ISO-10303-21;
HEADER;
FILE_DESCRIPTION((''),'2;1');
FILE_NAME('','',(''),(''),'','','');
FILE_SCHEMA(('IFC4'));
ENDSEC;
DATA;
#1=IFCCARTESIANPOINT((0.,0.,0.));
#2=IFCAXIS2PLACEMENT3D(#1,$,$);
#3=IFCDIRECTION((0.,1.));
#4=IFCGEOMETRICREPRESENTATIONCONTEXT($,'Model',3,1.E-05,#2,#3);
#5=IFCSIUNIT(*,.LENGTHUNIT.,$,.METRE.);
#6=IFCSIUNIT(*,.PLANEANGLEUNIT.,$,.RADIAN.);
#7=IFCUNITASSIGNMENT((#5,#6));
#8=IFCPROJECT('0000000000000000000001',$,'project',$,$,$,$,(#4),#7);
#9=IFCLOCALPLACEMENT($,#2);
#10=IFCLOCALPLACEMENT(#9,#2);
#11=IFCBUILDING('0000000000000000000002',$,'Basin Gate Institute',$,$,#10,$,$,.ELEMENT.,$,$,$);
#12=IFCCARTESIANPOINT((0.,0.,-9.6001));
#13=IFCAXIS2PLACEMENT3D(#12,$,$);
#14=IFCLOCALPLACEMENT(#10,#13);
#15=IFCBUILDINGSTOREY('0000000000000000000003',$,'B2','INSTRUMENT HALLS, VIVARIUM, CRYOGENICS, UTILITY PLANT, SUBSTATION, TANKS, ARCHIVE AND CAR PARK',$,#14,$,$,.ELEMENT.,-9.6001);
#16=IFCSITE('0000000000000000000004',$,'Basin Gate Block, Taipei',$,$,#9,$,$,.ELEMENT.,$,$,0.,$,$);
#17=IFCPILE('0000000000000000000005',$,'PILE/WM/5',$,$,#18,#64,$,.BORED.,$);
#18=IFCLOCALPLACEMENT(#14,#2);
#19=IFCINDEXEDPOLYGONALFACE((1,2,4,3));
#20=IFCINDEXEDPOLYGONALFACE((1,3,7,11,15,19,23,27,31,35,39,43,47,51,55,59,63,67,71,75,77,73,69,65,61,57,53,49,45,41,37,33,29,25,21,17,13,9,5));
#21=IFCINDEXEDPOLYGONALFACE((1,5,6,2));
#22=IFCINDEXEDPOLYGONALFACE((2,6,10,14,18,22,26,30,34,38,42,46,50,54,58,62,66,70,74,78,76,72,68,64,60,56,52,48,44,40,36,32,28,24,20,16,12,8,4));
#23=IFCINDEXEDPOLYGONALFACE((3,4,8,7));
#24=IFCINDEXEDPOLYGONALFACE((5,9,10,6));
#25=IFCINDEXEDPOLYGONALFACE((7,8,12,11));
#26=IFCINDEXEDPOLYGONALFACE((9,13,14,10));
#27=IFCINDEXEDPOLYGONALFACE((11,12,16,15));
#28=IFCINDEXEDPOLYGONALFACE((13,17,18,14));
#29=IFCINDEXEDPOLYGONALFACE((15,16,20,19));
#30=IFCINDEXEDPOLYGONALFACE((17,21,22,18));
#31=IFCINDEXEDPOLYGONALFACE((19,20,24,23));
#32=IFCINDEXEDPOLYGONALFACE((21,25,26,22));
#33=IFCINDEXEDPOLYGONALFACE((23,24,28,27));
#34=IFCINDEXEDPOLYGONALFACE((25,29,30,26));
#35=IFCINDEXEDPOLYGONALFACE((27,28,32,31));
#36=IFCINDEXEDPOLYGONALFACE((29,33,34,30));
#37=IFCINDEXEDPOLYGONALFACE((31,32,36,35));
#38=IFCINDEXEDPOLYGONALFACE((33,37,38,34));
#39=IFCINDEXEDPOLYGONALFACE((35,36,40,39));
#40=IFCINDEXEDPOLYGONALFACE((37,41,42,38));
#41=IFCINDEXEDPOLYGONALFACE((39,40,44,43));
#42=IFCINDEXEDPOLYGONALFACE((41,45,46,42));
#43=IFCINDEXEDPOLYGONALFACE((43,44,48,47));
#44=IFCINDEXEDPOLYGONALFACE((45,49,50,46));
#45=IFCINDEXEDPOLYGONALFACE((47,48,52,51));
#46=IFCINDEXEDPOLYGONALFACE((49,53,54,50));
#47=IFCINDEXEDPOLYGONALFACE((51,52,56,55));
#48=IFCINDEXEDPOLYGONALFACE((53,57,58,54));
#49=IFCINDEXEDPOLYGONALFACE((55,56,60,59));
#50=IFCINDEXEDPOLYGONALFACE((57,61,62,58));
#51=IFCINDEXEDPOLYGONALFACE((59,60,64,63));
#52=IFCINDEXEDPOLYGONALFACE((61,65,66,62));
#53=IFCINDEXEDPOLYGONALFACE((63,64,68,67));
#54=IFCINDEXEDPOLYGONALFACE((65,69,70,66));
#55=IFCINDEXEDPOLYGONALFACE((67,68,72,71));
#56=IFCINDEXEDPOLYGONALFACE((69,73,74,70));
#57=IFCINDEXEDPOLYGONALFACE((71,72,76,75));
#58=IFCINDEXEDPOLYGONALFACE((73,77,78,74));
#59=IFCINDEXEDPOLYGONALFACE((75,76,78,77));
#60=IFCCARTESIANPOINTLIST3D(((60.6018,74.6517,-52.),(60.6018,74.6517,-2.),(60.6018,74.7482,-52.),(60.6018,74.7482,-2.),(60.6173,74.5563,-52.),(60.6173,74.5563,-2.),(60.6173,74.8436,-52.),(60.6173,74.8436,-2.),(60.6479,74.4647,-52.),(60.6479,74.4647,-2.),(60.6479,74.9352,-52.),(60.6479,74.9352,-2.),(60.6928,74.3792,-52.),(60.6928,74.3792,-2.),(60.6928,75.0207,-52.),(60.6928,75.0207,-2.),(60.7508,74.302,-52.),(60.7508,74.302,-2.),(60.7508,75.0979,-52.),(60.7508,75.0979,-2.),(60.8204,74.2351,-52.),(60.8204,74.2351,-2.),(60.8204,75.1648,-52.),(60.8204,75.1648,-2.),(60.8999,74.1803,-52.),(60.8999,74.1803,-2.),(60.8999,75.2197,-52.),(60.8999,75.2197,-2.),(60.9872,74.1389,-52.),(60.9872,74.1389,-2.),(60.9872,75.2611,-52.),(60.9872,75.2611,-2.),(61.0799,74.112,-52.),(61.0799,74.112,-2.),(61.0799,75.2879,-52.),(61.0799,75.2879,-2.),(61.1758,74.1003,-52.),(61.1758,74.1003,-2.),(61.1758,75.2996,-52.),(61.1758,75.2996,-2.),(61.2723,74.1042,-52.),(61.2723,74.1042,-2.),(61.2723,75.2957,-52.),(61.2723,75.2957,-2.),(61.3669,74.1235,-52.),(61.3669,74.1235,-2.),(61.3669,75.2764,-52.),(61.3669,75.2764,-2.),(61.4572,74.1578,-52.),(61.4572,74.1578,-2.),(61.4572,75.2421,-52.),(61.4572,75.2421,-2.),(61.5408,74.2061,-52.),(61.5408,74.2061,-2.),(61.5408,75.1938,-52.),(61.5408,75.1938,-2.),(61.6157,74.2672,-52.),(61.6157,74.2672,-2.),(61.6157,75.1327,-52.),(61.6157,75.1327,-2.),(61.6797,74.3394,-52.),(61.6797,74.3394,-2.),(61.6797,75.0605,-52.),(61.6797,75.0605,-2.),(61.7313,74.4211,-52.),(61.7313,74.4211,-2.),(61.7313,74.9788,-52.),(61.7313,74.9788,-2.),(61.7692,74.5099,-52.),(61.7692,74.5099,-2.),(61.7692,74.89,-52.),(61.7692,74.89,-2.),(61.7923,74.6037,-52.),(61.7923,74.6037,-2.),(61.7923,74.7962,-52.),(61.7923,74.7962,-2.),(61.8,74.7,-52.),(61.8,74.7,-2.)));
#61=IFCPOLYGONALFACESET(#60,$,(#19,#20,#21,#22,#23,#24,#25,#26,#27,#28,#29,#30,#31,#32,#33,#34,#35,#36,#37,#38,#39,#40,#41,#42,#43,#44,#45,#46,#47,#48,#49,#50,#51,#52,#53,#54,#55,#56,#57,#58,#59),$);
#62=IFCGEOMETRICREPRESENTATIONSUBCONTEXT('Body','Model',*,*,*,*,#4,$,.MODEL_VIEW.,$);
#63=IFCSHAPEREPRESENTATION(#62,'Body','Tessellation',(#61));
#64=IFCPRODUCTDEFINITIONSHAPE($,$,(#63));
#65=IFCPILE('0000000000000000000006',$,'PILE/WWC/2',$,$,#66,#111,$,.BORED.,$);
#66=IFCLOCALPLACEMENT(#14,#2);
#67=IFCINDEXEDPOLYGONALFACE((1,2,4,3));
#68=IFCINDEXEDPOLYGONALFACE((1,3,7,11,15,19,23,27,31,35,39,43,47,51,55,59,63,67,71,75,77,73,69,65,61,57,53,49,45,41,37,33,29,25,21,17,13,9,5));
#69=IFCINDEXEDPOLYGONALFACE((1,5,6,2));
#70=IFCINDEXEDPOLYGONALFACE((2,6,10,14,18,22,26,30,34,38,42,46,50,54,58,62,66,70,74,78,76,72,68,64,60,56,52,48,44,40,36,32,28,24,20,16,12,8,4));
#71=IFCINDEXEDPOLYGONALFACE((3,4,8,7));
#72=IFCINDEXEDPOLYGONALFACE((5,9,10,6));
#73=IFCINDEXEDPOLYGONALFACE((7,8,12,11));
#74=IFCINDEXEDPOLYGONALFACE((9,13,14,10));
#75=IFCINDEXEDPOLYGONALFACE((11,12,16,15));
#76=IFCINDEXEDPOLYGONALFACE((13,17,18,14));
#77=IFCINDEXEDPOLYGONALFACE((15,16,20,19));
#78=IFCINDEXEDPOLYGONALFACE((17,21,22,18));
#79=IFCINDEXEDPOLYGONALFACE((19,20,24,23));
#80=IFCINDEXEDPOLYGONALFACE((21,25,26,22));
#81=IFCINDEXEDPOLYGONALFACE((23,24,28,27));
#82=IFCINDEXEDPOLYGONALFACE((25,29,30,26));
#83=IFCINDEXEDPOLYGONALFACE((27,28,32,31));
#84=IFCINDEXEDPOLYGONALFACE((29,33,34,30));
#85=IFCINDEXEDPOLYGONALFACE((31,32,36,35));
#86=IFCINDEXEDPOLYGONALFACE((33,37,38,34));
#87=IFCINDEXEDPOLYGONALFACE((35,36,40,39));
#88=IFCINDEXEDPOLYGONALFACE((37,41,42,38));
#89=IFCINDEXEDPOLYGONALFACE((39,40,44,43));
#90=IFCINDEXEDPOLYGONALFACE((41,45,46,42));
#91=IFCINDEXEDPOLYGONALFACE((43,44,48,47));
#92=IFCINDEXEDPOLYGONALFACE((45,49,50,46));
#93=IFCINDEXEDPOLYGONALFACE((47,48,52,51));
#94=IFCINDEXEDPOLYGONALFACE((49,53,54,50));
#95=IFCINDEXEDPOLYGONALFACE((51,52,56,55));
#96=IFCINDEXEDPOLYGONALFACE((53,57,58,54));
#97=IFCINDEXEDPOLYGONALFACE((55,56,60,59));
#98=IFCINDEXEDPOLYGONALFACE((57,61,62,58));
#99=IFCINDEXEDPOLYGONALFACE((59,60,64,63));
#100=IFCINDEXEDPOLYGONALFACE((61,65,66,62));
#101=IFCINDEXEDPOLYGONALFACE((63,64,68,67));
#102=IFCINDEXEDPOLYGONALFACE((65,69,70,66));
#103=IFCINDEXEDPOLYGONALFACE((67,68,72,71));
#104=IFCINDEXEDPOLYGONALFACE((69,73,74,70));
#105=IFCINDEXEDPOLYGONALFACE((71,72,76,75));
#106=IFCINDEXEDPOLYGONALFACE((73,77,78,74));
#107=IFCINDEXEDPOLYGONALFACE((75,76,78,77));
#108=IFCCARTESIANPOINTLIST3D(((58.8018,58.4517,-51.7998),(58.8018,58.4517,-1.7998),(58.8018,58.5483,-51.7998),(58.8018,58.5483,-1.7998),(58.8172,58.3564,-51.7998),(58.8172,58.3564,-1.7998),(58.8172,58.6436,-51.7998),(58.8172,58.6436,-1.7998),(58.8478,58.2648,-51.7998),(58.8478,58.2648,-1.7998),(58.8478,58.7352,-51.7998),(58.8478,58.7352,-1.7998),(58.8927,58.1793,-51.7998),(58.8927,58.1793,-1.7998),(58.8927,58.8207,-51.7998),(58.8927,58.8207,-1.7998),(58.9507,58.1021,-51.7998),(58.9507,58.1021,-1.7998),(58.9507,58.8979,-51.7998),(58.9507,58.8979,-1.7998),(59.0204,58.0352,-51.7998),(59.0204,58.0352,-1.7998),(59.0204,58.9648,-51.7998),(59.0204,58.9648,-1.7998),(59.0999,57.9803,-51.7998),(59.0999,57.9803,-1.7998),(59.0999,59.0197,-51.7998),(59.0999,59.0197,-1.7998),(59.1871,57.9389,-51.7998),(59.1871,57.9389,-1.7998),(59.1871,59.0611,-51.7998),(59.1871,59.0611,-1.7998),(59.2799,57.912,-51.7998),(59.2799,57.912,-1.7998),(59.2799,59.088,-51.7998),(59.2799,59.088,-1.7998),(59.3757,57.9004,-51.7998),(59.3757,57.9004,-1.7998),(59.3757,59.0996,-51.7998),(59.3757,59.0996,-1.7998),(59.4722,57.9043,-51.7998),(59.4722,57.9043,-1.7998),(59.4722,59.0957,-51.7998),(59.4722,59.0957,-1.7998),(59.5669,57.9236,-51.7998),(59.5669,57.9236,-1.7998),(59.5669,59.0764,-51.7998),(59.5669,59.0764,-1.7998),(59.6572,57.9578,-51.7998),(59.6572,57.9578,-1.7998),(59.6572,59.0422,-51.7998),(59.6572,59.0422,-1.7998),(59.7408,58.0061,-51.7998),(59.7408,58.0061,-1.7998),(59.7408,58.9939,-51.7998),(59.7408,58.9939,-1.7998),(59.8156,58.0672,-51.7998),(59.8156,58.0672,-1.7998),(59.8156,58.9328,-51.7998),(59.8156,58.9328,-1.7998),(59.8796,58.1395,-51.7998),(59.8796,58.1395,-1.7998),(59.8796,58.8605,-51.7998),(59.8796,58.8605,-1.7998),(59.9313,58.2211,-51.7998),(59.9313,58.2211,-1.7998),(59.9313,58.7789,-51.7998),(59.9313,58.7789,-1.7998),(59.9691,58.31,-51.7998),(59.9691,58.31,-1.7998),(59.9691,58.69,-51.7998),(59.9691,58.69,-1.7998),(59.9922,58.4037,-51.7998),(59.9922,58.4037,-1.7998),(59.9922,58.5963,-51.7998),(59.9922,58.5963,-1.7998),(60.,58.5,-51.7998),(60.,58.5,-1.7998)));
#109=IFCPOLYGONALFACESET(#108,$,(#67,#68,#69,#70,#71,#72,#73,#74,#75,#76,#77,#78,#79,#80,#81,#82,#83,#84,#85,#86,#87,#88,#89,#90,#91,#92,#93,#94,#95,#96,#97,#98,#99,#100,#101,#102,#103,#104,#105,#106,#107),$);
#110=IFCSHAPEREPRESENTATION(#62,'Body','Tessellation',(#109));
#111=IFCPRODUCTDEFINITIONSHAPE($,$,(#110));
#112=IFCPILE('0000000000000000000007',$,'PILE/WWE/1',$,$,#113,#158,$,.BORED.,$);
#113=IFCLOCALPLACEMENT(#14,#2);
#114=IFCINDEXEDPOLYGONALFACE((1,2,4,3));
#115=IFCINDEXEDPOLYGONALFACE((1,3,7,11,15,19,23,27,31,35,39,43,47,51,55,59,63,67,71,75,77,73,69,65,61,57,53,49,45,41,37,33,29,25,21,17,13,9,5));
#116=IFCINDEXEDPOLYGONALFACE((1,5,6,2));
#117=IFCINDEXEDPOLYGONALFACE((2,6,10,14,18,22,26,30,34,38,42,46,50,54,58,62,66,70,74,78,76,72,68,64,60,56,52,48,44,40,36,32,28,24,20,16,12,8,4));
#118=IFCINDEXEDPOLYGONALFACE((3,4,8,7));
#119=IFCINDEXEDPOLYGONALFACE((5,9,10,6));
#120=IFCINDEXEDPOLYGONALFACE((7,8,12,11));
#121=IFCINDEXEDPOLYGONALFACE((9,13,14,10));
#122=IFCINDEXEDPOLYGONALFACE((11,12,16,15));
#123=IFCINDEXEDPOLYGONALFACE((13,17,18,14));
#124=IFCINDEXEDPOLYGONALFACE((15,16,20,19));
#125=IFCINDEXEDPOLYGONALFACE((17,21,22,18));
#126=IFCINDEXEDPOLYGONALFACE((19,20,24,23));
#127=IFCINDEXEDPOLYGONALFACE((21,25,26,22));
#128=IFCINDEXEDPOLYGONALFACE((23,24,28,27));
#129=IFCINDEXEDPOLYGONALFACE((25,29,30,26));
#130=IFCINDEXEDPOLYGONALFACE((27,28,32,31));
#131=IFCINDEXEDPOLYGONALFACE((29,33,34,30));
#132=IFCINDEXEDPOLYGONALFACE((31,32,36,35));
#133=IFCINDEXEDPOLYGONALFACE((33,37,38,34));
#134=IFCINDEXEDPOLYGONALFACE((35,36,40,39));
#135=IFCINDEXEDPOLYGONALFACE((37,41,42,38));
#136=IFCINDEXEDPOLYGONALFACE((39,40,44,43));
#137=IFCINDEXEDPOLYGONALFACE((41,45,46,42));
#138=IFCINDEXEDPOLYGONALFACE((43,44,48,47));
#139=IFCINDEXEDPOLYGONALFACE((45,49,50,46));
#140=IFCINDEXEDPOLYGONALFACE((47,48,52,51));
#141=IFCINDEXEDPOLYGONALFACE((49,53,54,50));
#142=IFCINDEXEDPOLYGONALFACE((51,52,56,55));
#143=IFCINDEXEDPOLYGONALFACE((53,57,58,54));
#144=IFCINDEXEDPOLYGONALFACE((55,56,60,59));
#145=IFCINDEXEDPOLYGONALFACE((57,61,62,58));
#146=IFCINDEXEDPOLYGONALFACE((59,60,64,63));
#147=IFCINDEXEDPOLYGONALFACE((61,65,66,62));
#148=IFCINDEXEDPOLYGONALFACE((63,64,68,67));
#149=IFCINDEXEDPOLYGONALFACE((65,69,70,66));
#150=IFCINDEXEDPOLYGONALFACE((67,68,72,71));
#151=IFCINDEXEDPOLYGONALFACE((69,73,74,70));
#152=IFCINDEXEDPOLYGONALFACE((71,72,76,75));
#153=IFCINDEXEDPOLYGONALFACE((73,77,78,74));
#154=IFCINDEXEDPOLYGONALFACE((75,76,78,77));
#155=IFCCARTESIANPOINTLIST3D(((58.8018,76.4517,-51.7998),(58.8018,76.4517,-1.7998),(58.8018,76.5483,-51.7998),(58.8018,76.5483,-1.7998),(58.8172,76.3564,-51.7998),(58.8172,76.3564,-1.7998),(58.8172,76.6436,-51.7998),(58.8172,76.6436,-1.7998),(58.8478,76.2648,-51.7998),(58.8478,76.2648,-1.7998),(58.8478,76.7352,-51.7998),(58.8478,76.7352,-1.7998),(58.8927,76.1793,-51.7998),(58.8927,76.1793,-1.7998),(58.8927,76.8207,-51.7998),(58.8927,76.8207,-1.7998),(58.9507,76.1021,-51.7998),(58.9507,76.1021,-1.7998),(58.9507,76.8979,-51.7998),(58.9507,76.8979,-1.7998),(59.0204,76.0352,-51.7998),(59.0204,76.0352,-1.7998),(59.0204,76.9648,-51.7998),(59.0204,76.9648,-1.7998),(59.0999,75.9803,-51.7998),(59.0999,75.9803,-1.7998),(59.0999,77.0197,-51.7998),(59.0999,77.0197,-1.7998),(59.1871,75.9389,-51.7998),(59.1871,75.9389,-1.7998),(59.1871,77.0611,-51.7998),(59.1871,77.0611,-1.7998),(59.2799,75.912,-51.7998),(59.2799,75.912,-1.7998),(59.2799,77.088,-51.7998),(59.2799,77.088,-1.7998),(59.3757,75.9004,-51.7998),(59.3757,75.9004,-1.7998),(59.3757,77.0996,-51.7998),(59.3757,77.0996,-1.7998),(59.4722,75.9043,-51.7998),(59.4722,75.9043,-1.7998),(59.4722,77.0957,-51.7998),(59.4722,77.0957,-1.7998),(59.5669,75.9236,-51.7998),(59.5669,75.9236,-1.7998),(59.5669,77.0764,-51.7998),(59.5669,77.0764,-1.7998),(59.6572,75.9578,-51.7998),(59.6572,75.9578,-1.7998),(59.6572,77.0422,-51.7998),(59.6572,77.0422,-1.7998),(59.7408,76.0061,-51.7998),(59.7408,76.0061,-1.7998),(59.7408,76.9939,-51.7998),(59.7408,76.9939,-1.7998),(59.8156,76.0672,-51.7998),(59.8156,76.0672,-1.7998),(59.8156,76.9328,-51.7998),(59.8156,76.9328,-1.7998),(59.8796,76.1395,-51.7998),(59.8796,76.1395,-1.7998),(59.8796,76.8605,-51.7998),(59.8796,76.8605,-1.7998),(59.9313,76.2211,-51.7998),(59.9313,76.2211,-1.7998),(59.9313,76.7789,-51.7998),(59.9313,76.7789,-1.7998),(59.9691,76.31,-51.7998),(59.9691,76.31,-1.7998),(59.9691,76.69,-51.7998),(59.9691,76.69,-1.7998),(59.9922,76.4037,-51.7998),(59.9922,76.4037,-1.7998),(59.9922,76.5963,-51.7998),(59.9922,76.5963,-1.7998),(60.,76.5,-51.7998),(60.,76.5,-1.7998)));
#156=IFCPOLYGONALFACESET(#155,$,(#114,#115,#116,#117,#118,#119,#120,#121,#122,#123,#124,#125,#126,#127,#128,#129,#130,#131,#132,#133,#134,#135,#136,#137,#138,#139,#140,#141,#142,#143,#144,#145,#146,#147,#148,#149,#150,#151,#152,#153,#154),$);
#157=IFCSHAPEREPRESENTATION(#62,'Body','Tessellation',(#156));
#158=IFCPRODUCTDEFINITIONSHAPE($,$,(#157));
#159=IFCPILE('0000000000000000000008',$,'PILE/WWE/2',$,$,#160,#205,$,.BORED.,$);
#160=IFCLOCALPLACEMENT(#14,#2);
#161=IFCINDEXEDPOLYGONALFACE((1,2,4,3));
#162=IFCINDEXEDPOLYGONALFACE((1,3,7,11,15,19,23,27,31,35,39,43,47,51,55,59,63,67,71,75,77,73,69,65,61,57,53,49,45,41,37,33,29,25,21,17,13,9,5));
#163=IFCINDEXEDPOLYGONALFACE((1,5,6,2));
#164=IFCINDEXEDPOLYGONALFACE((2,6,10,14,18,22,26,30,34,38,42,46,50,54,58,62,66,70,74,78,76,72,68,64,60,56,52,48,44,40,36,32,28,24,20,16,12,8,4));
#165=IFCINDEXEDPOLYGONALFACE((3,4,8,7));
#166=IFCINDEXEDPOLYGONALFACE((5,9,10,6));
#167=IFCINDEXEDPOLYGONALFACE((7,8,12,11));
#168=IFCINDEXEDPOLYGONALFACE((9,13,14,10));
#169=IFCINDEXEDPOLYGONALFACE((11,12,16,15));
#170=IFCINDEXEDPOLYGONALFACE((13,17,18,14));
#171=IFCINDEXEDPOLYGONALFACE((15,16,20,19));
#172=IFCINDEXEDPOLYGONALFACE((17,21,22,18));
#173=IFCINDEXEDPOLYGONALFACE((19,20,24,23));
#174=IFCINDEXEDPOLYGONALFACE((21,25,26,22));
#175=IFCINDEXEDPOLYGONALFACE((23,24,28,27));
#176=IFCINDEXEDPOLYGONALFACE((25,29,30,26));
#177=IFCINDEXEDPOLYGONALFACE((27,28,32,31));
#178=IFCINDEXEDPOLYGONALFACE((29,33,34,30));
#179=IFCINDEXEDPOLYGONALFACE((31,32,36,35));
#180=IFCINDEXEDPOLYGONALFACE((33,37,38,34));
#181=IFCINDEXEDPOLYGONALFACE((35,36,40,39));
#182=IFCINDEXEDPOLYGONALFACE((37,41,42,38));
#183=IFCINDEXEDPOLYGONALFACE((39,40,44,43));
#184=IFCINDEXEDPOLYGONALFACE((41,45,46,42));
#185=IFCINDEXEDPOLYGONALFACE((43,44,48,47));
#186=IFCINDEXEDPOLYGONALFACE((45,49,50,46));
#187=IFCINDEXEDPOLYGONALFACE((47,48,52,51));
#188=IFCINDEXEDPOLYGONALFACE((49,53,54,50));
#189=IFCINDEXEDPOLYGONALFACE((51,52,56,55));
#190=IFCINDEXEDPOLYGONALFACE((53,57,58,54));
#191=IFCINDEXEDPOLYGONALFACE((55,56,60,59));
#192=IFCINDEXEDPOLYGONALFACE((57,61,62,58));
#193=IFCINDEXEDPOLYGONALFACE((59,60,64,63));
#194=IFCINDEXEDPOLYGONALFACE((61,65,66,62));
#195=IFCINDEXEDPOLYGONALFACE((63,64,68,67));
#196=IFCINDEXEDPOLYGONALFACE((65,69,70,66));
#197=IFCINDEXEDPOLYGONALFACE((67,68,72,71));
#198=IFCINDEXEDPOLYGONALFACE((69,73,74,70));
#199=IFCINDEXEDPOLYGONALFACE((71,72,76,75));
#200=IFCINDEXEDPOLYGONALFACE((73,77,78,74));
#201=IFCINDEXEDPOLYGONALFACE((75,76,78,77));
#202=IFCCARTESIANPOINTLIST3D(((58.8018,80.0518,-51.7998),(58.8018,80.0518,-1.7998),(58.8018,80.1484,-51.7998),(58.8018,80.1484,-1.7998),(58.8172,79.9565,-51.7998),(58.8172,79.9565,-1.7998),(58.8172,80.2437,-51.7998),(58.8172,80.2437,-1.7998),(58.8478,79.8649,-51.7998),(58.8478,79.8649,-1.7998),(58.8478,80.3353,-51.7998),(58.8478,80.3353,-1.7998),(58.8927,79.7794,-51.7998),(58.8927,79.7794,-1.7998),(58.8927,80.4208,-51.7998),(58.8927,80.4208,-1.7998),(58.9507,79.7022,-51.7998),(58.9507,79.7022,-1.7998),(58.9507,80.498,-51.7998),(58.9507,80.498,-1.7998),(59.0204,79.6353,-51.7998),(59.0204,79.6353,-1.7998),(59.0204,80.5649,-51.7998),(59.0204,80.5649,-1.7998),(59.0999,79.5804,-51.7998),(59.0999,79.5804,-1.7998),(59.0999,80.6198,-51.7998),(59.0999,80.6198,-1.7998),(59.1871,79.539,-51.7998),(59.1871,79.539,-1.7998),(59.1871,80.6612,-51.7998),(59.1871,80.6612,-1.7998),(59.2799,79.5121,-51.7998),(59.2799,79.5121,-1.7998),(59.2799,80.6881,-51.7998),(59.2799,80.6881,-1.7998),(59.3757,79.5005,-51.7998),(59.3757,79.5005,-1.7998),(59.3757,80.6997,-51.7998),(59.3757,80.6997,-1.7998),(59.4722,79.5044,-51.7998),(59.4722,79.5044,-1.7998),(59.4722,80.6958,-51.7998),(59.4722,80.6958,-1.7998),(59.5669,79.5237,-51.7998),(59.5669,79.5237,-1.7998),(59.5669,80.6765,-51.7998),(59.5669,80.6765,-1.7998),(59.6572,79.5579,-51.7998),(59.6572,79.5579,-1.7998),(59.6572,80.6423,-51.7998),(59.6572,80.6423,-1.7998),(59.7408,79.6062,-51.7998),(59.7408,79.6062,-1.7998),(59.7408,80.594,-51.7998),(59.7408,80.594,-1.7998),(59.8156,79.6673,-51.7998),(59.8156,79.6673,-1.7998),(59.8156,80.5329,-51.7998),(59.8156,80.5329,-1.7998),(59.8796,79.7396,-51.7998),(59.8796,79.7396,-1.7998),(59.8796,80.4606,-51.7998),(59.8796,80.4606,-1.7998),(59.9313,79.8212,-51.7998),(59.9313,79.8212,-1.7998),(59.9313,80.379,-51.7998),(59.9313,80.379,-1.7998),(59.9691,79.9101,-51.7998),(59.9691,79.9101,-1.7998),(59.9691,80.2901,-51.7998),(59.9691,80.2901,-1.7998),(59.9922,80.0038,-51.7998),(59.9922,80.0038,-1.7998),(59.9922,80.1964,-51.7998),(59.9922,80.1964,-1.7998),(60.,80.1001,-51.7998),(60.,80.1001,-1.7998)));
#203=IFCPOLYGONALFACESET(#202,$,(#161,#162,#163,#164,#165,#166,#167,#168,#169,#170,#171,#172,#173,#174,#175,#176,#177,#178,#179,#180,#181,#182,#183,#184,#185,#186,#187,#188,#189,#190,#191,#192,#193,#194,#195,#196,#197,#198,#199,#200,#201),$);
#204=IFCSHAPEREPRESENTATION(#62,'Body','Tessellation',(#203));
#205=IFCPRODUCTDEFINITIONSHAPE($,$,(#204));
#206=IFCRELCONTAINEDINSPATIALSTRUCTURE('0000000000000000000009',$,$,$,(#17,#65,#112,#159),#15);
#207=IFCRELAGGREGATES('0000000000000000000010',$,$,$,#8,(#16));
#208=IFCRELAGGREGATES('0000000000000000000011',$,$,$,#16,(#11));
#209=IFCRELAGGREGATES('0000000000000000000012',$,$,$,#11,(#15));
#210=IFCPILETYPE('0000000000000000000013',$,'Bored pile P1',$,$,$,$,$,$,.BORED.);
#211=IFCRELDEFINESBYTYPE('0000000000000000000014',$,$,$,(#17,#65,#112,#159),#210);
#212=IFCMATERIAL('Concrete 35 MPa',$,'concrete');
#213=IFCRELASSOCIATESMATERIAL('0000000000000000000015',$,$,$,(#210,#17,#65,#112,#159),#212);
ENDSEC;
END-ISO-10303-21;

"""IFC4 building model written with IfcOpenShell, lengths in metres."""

from ifc_helpers import new_model, si_unit, direction, frame, origin, origin_2d, place, context, subcontext, project, spatial, circle, extrude, material, material_profile, profile_set, type_object, element, save


model = new_model("IFC4")

# Units and contexts
model_context = context("Model", 3, precision=1e-05, world=origin(), true_north=direction((0.0, 1.0)))
body_context = subcontext(model_context, "Body", "Model", "MODEL_VIEW")
ifc_project = project(units=[si_unit("LENGTHUNIT", "METRE"), si_unit("PLANEANGLEUNIT", "RADIAN")], contexts=[model_context])

# Site, building, storey
site_placement = place(None, origin())
site = spatial("IfcSite", under=ifc_project, at=site_placement, Name="Basin Gate Block, Taipei", CompositionType="ELEMENT", RefElevation=0.0)
building_placement = place(site_placement, origin())
building = spatial("IfcBuilding", under=site, at=building_placement, Name="Basin Gate Institute", CompositionType="ELEMENT")
storey_placement = place(building_placement, frame((0.0, 0.0, -9.6001)))
storey = spatial("IfcBuildingStorey", under=building, at=storey_placement, Name="B2", Description="INSTRUMENT HALLS, VIVARIUM, CRYOGENICS, UTILITY PLANT, SUBSTATION, TANKS, ARCHIVE AND CAR PARK", CompositionType="ELEMENT", Elevation=-9.6001)

# Piles
ifc_material_1 = material(Name="Concrete 35 MPa", Category="concrete")
ifc_material_profile_1 = material_profile(ifc_material_1, circle(Radius=0.6001, at=origin_2d()), Name="Bored pile P1 1200 dia")
ifc_profile_set_1 = profile_set([ifc_material_profile_1], Name="Concrete 35 MPa")
pile_type = type_object("IfcPileType", Name="Bored pile P1", PredefinedType="BORED", material=ifc_profile_set_1)
for number, where, z_axis, x_axis, name in (
    (1, (61.2, 74.7, -2.0), (0.0, 0.0, -1.0), (1.0, 0.0, 0.0), "PILE/WM/5"),
    (2, (59.3999, 58.5, -1.7998), (0.0, 0.0, -1.0), (1.0, 0.0, 0.0), "PILE/WWC/2"),
    (3, (59.3999, 76.5, -1.7998), (0.0, 0.0, -1.0), (1.0, 0.0, 0.0), "PILE/WWE/1"),
    (4, (59.3999, 80.1001, -1.7998), (0.0, 0.0, -1.0), (1.0, 0.0, 0.0), "PILE/WWE/2"),
):
    element("IfcPile", number, at=place(storey_placement, frame(where, z_axis=z_axis, x_axis=x_axis)), inside=storey, type_object=pile_type, material=ifc_profile_set_1, Name=name, PredefinedType="BORED", context=body_context, shape_type="SweptSolid", body=[
        extrude(circle(Radius=0.6001, at=origin_2d()), origin(), (0.0, 0.0, 1.0), 50.0),
    ])

save(model, "model.ifc")
